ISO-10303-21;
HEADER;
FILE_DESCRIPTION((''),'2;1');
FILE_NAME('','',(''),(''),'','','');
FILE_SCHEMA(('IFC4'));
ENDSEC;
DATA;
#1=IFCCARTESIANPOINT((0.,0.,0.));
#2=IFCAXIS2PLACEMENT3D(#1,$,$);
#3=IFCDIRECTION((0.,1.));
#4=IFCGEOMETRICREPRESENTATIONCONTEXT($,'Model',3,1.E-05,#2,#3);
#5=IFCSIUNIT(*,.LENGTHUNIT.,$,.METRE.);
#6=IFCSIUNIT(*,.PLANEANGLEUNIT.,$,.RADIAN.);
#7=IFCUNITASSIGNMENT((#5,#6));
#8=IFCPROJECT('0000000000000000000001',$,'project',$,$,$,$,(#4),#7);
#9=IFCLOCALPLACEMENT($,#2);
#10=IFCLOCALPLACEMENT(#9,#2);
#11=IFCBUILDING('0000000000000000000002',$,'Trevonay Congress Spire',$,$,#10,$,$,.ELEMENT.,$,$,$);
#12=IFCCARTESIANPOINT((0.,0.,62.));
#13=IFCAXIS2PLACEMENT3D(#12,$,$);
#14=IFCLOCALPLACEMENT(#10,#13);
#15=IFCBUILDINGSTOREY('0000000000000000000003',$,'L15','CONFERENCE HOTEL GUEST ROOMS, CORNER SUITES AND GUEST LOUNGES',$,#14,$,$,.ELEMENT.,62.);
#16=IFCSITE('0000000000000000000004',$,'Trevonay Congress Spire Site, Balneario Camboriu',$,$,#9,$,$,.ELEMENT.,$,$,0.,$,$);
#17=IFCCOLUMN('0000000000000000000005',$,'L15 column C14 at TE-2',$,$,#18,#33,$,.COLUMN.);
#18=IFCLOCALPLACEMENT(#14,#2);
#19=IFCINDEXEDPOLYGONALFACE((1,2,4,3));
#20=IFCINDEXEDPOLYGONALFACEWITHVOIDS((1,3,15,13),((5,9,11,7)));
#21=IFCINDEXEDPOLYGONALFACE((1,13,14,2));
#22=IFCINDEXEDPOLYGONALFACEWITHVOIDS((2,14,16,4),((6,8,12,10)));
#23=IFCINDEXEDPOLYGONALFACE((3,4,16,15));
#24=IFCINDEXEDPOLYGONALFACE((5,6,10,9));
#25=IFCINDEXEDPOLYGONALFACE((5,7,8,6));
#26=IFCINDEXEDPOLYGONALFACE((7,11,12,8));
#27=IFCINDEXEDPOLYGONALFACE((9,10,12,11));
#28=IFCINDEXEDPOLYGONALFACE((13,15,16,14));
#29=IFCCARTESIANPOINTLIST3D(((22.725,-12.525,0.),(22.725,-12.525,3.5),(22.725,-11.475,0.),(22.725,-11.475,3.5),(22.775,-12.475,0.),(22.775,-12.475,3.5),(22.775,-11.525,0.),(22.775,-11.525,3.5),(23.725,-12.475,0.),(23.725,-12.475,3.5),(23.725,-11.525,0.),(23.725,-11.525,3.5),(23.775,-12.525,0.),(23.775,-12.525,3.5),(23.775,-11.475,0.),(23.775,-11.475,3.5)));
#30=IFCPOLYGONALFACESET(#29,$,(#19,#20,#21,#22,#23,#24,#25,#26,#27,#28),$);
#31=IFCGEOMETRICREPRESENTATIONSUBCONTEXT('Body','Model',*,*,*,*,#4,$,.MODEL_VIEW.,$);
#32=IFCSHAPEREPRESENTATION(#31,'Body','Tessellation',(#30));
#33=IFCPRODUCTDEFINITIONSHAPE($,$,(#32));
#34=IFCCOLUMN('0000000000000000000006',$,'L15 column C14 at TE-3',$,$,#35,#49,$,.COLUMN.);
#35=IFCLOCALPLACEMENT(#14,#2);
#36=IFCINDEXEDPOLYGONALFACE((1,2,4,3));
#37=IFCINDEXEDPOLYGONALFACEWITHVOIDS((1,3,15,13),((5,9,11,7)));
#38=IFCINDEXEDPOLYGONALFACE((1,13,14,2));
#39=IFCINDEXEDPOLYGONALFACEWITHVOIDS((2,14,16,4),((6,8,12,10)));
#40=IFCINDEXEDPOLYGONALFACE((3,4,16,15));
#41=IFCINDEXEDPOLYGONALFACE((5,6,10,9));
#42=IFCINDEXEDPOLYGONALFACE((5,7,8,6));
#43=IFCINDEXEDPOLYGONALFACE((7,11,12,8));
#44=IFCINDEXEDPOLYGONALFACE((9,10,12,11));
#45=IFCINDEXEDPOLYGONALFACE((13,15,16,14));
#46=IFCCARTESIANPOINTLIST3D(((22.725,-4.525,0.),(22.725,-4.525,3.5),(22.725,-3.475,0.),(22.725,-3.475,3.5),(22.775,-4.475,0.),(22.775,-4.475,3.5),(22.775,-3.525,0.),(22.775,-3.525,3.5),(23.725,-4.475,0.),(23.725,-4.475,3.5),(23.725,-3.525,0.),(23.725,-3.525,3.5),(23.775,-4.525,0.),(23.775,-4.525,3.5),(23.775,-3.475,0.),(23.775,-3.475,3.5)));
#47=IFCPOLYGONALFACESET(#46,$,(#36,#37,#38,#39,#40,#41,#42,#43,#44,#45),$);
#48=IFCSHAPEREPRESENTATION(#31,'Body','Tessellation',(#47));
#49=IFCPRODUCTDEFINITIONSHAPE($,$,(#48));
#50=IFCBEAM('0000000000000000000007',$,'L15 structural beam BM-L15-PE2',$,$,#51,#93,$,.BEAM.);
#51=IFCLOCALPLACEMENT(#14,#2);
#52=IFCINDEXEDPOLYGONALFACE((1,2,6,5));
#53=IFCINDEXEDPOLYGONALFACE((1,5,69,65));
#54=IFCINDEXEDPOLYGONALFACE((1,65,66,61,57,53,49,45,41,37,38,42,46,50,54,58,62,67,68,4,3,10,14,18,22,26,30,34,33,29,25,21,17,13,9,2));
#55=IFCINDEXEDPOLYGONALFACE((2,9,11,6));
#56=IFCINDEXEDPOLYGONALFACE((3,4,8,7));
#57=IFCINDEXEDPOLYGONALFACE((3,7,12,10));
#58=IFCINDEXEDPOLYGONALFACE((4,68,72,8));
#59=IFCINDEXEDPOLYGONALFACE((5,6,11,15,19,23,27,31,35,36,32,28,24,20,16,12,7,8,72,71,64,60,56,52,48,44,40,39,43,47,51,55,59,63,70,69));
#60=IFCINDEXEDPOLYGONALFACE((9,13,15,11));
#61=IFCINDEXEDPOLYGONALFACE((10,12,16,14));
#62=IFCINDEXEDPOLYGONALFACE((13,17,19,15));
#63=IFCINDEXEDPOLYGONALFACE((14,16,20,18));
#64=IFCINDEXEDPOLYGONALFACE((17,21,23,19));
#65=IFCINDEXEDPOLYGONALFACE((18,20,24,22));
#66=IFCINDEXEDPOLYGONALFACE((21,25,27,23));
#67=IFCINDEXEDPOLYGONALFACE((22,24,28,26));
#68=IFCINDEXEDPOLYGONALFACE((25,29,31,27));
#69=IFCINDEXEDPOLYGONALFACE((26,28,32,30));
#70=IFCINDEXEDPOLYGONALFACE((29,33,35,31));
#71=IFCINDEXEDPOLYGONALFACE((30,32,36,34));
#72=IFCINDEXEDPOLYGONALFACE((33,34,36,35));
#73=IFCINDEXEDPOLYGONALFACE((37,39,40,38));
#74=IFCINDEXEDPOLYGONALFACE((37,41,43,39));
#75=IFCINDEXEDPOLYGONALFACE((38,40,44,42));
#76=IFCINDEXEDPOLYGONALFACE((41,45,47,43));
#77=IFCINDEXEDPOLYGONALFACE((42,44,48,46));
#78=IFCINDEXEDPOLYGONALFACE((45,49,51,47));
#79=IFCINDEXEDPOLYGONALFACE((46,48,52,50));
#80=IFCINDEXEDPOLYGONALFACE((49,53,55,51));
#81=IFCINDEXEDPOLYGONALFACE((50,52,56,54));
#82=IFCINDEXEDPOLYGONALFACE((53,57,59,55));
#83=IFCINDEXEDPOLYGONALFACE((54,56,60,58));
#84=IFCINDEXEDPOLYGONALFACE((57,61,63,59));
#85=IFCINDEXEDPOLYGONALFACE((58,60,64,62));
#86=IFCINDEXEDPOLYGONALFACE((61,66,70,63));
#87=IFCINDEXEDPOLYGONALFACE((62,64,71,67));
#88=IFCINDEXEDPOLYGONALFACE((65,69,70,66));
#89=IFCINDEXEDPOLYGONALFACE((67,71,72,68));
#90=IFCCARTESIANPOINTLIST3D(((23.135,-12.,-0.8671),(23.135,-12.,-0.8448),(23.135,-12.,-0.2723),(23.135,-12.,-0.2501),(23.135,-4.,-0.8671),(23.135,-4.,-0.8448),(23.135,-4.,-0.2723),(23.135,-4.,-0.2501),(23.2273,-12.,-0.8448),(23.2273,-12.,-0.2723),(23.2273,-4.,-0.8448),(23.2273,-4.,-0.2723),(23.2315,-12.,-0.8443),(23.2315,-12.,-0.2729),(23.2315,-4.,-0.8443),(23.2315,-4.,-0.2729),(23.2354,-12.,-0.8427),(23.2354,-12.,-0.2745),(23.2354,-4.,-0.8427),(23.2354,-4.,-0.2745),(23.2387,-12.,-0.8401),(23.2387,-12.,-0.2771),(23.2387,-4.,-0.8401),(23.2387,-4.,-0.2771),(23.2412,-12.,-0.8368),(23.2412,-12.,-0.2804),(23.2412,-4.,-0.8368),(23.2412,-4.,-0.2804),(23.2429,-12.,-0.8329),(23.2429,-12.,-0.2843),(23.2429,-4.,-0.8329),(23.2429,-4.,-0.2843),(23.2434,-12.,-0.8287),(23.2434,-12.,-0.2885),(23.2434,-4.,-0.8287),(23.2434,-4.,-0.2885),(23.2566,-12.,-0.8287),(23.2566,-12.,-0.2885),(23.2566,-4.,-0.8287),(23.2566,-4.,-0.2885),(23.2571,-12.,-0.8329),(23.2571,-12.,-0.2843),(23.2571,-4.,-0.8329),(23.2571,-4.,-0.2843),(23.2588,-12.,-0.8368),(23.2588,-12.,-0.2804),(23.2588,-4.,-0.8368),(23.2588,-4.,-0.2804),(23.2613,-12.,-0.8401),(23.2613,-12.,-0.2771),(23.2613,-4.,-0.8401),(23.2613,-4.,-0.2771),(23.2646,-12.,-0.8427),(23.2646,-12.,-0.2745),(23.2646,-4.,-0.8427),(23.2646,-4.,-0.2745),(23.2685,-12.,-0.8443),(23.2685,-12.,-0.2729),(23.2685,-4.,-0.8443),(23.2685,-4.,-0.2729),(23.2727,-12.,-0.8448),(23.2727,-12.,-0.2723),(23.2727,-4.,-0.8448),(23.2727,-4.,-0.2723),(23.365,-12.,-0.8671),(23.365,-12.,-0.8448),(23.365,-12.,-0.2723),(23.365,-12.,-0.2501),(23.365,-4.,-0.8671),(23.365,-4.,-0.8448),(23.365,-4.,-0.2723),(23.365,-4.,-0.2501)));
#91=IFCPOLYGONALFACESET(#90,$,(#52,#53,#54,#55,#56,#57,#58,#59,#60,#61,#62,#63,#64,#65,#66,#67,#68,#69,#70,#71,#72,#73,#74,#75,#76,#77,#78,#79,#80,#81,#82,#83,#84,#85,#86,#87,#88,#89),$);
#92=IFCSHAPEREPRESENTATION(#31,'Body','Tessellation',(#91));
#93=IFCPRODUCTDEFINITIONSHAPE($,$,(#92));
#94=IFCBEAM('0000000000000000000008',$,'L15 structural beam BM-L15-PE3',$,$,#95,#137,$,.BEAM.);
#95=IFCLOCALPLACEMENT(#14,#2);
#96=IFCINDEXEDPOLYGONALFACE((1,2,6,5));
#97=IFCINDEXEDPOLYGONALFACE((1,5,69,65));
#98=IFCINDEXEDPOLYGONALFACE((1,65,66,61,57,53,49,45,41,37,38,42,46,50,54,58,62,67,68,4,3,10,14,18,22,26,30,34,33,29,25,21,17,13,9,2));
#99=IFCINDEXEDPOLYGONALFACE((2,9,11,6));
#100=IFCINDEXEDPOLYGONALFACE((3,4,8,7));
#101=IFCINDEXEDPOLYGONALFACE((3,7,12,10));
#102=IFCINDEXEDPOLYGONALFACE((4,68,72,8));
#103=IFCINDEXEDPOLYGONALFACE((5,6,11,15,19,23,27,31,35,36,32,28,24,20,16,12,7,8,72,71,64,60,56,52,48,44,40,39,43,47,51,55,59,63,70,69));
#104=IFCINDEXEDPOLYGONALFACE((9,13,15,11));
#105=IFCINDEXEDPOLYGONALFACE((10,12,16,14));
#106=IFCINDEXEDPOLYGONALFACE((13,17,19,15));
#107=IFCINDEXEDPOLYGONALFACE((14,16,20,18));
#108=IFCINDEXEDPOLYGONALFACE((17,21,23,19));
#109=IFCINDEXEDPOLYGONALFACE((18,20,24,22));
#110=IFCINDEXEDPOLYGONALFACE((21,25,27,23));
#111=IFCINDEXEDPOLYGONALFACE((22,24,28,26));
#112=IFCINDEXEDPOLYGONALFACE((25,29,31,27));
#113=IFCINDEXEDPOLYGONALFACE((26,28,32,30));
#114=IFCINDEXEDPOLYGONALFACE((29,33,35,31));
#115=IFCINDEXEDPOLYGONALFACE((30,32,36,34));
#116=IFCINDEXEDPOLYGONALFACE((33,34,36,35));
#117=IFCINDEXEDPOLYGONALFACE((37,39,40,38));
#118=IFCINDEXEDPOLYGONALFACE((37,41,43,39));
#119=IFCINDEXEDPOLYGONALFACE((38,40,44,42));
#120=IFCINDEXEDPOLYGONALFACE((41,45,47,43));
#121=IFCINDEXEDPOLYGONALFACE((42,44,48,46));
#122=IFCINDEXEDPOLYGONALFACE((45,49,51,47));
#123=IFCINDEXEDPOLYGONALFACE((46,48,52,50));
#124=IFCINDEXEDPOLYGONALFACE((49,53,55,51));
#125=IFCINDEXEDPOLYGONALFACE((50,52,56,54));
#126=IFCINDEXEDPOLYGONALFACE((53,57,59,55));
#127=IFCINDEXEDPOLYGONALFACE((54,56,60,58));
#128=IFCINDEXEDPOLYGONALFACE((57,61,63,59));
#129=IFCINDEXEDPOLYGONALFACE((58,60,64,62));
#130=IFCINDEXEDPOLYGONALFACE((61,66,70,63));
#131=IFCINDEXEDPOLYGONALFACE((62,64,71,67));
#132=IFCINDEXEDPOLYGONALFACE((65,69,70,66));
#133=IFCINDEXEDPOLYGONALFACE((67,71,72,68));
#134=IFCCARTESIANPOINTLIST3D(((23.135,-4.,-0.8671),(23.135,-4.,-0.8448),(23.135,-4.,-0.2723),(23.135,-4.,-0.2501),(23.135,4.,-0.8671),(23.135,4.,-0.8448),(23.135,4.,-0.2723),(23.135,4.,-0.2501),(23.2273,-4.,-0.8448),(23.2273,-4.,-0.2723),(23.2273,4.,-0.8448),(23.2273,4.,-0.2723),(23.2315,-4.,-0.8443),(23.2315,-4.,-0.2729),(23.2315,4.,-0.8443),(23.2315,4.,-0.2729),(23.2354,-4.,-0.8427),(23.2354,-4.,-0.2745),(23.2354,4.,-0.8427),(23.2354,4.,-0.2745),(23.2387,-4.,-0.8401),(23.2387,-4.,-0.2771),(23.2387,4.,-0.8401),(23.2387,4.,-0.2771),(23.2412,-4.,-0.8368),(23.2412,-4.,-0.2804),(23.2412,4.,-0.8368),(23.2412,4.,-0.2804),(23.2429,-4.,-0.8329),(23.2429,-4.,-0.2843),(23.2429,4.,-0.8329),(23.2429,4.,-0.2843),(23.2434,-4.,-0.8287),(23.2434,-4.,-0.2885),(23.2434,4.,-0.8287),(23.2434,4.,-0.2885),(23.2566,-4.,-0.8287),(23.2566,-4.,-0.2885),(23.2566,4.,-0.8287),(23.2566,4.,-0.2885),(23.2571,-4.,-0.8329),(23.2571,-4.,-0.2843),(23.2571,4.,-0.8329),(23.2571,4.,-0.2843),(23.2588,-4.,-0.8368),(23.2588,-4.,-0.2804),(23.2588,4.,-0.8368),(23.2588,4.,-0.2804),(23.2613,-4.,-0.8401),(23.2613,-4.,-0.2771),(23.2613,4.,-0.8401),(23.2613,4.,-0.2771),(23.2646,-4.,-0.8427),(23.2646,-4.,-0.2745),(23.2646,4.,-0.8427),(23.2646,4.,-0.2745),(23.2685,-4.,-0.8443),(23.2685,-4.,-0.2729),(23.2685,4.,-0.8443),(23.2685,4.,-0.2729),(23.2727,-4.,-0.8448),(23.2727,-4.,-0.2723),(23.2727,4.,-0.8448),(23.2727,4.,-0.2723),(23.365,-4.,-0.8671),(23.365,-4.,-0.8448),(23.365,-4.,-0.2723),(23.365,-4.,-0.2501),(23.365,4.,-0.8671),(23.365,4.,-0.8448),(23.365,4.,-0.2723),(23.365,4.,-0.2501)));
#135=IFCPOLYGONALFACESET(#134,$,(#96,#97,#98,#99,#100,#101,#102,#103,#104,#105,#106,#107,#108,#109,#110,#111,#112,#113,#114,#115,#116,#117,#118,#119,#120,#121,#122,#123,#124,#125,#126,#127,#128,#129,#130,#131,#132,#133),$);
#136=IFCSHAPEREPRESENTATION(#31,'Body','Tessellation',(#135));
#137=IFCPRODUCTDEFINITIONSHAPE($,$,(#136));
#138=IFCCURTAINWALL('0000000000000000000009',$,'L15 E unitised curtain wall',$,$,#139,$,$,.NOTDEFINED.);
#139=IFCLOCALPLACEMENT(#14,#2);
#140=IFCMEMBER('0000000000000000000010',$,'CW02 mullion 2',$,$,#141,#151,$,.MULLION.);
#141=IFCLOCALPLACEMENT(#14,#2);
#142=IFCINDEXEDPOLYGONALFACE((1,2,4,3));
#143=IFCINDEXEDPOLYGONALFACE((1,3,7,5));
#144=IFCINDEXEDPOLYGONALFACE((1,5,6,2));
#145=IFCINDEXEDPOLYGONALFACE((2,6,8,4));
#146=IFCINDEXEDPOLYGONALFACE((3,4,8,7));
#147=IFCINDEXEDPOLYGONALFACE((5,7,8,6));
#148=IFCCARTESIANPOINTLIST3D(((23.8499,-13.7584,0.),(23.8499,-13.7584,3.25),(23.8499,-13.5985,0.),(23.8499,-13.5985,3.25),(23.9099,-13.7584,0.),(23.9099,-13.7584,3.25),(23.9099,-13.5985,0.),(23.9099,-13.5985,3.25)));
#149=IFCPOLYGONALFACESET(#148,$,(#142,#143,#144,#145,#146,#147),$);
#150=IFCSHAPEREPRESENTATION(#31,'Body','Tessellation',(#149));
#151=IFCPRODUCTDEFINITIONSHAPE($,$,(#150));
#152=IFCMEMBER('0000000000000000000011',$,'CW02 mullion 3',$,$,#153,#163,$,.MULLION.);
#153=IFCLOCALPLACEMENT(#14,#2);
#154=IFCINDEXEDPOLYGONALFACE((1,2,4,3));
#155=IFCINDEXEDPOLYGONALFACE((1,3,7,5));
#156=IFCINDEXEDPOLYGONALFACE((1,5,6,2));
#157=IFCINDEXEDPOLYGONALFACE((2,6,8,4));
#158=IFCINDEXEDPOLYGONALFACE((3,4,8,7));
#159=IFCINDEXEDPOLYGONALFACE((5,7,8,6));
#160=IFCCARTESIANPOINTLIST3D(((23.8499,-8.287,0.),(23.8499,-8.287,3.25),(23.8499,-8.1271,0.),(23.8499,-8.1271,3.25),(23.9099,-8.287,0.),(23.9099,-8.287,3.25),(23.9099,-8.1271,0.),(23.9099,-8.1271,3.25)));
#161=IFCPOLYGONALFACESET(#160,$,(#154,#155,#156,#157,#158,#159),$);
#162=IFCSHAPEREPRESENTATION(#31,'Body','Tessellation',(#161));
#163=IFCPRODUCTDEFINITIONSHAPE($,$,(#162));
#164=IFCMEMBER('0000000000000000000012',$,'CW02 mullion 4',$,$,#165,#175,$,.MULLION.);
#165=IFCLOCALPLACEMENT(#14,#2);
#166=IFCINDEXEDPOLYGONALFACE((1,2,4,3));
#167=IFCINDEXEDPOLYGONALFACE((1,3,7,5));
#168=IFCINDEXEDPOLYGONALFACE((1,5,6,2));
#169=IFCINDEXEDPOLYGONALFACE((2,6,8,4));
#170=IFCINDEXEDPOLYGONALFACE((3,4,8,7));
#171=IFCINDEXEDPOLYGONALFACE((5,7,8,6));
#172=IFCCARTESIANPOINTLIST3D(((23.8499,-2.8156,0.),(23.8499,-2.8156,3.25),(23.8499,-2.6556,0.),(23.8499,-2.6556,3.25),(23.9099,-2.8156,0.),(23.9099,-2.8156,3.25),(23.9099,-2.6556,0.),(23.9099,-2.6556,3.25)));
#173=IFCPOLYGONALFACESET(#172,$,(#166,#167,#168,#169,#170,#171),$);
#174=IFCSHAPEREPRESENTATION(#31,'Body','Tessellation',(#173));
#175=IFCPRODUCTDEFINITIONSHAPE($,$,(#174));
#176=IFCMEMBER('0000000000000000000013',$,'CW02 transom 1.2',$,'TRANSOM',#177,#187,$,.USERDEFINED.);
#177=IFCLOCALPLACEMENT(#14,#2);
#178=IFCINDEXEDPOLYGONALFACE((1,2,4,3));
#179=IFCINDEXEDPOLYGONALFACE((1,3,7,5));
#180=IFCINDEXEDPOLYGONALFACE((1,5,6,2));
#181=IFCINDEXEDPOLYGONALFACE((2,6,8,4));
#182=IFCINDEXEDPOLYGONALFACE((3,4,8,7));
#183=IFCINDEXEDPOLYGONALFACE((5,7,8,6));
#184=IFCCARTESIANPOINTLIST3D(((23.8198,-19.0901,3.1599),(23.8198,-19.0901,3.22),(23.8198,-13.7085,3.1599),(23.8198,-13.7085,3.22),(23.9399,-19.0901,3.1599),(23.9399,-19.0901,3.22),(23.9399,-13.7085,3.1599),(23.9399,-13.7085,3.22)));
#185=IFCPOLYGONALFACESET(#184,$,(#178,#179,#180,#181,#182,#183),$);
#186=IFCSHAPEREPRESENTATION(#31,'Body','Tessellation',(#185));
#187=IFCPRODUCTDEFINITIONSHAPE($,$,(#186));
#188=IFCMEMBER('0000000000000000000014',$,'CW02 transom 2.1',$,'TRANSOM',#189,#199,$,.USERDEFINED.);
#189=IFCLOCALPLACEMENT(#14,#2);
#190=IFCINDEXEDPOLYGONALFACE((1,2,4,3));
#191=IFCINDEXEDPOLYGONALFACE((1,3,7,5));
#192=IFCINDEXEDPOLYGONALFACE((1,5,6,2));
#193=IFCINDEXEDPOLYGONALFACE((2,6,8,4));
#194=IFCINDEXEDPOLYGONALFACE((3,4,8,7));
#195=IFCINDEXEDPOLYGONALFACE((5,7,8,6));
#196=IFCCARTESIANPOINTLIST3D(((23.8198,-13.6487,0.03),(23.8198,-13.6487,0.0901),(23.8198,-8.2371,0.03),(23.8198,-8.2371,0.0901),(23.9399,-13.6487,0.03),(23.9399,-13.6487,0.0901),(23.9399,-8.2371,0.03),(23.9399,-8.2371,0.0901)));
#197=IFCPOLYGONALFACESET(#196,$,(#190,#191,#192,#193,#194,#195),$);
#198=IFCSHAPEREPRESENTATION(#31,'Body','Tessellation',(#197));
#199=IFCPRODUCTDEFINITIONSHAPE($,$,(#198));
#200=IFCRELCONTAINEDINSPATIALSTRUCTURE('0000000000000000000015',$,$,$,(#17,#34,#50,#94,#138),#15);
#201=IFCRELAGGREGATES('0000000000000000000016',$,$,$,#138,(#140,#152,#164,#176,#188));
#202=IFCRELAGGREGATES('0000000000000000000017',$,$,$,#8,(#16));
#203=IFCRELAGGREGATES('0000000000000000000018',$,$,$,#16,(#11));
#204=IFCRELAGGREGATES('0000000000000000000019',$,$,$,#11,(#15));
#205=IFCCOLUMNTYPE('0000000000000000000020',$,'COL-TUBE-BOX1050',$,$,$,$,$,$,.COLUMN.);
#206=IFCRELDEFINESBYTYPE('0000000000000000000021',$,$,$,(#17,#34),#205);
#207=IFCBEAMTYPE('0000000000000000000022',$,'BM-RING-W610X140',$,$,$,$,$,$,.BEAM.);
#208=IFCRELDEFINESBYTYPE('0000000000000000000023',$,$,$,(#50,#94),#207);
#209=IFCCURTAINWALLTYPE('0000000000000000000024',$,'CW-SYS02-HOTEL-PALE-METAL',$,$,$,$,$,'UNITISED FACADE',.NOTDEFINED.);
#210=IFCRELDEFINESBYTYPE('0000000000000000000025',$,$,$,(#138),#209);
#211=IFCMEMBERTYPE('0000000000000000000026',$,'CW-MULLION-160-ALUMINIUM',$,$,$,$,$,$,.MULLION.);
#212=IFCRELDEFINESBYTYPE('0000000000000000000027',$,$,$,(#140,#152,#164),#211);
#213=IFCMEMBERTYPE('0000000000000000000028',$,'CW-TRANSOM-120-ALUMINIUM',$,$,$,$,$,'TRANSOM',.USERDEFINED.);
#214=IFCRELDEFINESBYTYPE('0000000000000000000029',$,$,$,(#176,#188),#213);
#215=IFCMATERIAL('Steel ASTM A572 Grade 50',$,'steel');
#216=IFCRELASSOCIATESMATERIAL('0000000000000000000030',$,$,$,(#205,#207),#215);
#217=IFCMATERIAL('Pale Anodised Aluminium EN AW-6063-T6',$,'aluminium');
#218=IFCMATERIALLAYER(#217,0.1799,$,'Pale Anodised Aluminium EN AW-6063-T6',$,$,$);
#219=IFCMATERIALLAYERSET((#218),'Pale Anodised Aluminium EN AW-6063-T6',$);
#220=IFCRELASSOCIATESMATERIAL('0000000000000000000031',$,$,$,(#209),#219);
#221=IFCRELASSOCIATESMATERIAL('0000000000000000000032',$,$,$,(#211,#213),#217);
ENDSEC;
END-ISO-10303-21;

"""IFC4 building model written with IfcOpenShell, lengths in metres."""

from ifc_helpers import new_model, si_unit, direction, frame, origin, origin_2d, place, context, subcontext, project, spatial, rectangle, hollow_rectangle, i_section, extrude, material, layer, layer_set, material_profile, profile_set, type_object, element, aggregate, save


model = new_model("IFC4")

# Units and contexts
model_context = context("Model", 3, precision=1e-05, world=origin(), true_north=direction((0.0, 1.0)))
body_context = subcontext(model_context, "Body", "Model", "MODEL_VIEW")
ifc_project = project(units=[si_unit("LENGTHUNIT", "METRE"), si_unit("PLANEANGLEUNIT", "RADIAN")], contexts=[model_context])

# Site, building, storey
site_placement = place(None, origin())
site = spatial("IfcSite", under=ifc_project, at=site_placement, Name="Trevonay Congress Spire Site, Balneario Camboriu", CompositionType="ELEMENT", RefElevation=0.0)
building_placement = place(site_placement, origin())
building = spatial("IfcBuilding", under=site, at=building_placement, Name="Trevonay Congress Spire", CompositionType="ELEMENT")
storey_placement = place(building_placement, frame((0.0, 0.0, 62.0)))
storey = spatial("IfcBuildingStorey", under=building, at=storey_placement, Name="L15", Description="CONFERENCE HOTEL GUEST ROOMS, CORNER SUITES AND GUEST LOUNGES", CompositionType="ELEMENT", Elevation=62.0)

# Columns
ifc_material_1 = material(Name="Steel ASTM A572 Grade 50", Category="steel")
ifc_material_profile_1 = material_profile(ifc_material_1, hollow_rectangle(XDim=1.05, YDim=1.05, WallThickness=0.05, at=origin_2d()), Name="BOX 1050x1050x50")
ifc_profile_set_1 = profile_set([ifc_material_profile_1], Name="Steel ASTM A572 Grade 50")
column_type = type_object("IfcColumnType", Name="COL-TUBE-BOX1050", PredefinedType="COLUMN", material=ifc_profile_set_1)
for number, where, z_axis, x_axis, name in (
    (1, (23.25, -12.0, 0.0), (0.0, 0.0, 1.0), (1.0, 0.0, 0.0), "L15 column C14 at TE-2"),
    (2, (23.25, -4.0, 0.0), (0.0, 0.0, 1.0), (1.0, 0.0, 0.0), "L15 column C14 at TE-3"),
):
    element("IfcColumn", number, at=place(storey_placement, frame(where, z_axis=z_axis, x_axis=x_axis)), inside=storey, type_object=column_type, Name=name, PredefinedType="COLUMN", context=body_context, shape_type="SweptSolid", body=[
        extrude(hollow_rectangle(XDim=1.05, YDim=1.05, WallThickness=0.05, at=origin_2d()), origin(), (0.0, 0.0, 1.0), 3.5),
    ])

# Beams
ifc_material_profile_2 = material_profile(ifc_material_1, i_section(OverallWidth=0.23, OverallDepth=0.6169, WebThickness=0.0132, FlangeThickness=0.0222, FilletRadius=0.0161, at=origin_2d()), Name="W610x140")
ifc_profile_set_2 = profile_set([ifc_material_profile_2], Name="Steel ASTM A572 Grade 50")
beam_type = type_object("IfcBeamType", Name="BM-RING-W610X140", PredefinedType="BEAM", material=ifc_profile_set_2)
for number, where, z_axis, x_axis, name in (
    (3, (23.25, -12.0, -0.5586), (0.0, 1.0, 0.0), (-1.0, 0.0, 0.0), "L15 structural beam BM-L15-PE2"),
    (4, (23.25, -4.0, -0.5586), (0.0, 1.0, 0.0), (-1.0, 0.0, 0.0), "L15 structural beam BM-L15-PE3"),
):
    element("IfcBeam", number, at=place(storey_placement, frame(where, z_axis=z_axis, x_axis=x_axis)), inside=storey, type_object=beam_type, Name=name, PredefinedType="BEAM", context=body_context, shape_type="SweptSolid", body=[
        extrude(i_section(OverallWidth=0.23, OverallDepth=0.6169, WebThickness=0.0132, FlangeThickness=0.0222, FilletRadius=0.0161, at=origin_2d()), origin(), (0.0, 0.0, 1.0), 8.0),
    ])

# Curtain wall, members
ifc_material_2 = material(Name="Pale Anodised Aluminium EN AW-6063-T6", Category="aluminium")
ifc_layer_1 = layer(ifc_material_2, 0.1799, Name="Pale Anodised Aluminium EN AW-6063-T6")
ifc_layer_set_1 = layer_set([ifc_layer_1], Name="Pale Anodised Aluminium EN AW-6063-T6")
curtain_wall_type = type_object("IfcCurtainWallType", Name="CW-SYS02-HOTEL-PALE-METAL", ElementType="UNITISED FACADE", PredefinedType="NOTDEFINED", material=ifc_layer_set_1)
curtain_wall_placement = place(storey_placement, origin())
curtain_wall = element("IfcCurtainWall", 5, at=curtain_wall_placement, inside=storey, type_object=curtain_wall_type, Name="L15 E unitised curtain wall", PredefinedType="NOTDEFINED")
ifc_material_profile_3 = material_profile(ifc_material_2, rectangle(XDim=0.0601, YDim=0.1599, at=origin_2d()), Name="CW-MULLION-160-ALUMINIUM")
ifc_profile_set_3 = profile_set([ifc_material_profile_3], Name="Pale Anodised Aluminium EN AW-6063-T6")
member_type_1 = type_object("IfcMemberType", Name="CW-MULLION-160-ALUMINIUM", PredefinedType="MULLION", material=ifc_profile_set_3)
member_1_placement = place(storey_placement, frame((23.8799, -13.6785, 0.0), z_axis=(0.0, 0.0, 1.0), x_axis=(-1.0, 0.0, 0.0)))
member_1 = element("IfcMember", 6, at=member_1_placement, type_object=member_type_1, Name="CW02 mullion 2", PredefinedType="MULLION", context=body_context, shape_type="SweptSolid", body=[
    extrude(rectangle(XDim=0.0601, YDim=0.1599, at=origin_2d()), origin(), (0.0, 0.0, 1.0), 3.25),
])
member_2_placement = place(storey_placement, frame((23.8799, -8.207, 0.0), z_axis=(0.0, 0.0, 1.0), x_axis=(-1.0, 0.0, 0.0)))
member_2 = element("IfcMember", 7, at=member_2_placement, type_object=member_type_1, Name="CW02 mullion 3", PredefinedType="MULLION", context=body_context, shape_type="SweptSolid", body=[
    extrude(rectangle(XDim=0.0601, YDim=0.1599, at=origin_2d()), origin(), (0.0, 0.0, 1.0), 3.25),
])
member_3_placement = place(storey_placement, frame((23.8799, -2.7356, 0.0), z_axis=(0.0, 0.0, 1.0), x_axis=(-1.0, 0.0, 0.0)))
member_3 = element("IfcMember", 8, at=member_3_placement, type_object=member_type_1, Name="CW02 mullion 4", PredefinedType="MULLION", context=body_context, shape_type="SweptSolid", body=[
    extrude(rectangle(XDim=0.0601, YDim=0.1599, at=origin_2d()), origin(), (0.0, 0.0, 1.0), 3.25),
])
ifc_material_profile_4 = material_profile(ifc_material_2, rectangle(XDim=0.1201, YDim=0.0601, at=origin_2d()), Name="CW-TRANSOM-120-ALUMINIUM")
ifc_profile_set_4 = profile_set([ifc_material_profile_4], Name="Pale Anodised Aluminium EN AW-6063-T6")
member_type_2 = type_object("IfcMemberType", Name="CW-TRANSOM-120-ALUMINIUM", ElementType="TRANSOM", PredefinedType="USERDEFINED", material=ifc_profile_set_4)
member_4_placement = place(storey_placement, frame((23.8799, -19.0901, 3.1899), z_axis=(0.0, 1.0, 0.0), x_axis=(-1.0, 0.0, 0.0)))
member_4 = element("IfcMember", 9, at=member_4_placement, type_object=member_type_2, Name="CW02 transom 1.2", ObjectType="TRANSOM", PredefinedType="USERDEFINED", context=body_context, shape_type="SweptSolid", body=[
    extrude(rectangle(XDim=0.1201, YDim=0.0601, at=origin_2d()), origin(), (0.0, 0.0, 1.0), 5.3816),
])
member_5_placement = place(storey_placement, frame((23.8799, -13.6487, 0.0601), z_axis=(0.0, 1.0, 0.0), x_axis=(-1.0, 0.0, 0.0)))
member_5 = element("IfcMember", 10, at=member_5_placement, type_object=member_type_2, Name="CW02 transom 2.1", ObjectType="TRANSOM", PredefinedType="USERDEFINED", context=body_context, shape_type="SweptSolid", body=[
    extrude(rectangle(XDim=0.1201, YDim=0.0601, at=origin_2d()), origin(), (0.0, 0.0, 1.0), 5.4116),
])
aggregate(curtain_wall, [member_1, member_2, member_3, member_4, member_5])

save(model, "model.ifc")
